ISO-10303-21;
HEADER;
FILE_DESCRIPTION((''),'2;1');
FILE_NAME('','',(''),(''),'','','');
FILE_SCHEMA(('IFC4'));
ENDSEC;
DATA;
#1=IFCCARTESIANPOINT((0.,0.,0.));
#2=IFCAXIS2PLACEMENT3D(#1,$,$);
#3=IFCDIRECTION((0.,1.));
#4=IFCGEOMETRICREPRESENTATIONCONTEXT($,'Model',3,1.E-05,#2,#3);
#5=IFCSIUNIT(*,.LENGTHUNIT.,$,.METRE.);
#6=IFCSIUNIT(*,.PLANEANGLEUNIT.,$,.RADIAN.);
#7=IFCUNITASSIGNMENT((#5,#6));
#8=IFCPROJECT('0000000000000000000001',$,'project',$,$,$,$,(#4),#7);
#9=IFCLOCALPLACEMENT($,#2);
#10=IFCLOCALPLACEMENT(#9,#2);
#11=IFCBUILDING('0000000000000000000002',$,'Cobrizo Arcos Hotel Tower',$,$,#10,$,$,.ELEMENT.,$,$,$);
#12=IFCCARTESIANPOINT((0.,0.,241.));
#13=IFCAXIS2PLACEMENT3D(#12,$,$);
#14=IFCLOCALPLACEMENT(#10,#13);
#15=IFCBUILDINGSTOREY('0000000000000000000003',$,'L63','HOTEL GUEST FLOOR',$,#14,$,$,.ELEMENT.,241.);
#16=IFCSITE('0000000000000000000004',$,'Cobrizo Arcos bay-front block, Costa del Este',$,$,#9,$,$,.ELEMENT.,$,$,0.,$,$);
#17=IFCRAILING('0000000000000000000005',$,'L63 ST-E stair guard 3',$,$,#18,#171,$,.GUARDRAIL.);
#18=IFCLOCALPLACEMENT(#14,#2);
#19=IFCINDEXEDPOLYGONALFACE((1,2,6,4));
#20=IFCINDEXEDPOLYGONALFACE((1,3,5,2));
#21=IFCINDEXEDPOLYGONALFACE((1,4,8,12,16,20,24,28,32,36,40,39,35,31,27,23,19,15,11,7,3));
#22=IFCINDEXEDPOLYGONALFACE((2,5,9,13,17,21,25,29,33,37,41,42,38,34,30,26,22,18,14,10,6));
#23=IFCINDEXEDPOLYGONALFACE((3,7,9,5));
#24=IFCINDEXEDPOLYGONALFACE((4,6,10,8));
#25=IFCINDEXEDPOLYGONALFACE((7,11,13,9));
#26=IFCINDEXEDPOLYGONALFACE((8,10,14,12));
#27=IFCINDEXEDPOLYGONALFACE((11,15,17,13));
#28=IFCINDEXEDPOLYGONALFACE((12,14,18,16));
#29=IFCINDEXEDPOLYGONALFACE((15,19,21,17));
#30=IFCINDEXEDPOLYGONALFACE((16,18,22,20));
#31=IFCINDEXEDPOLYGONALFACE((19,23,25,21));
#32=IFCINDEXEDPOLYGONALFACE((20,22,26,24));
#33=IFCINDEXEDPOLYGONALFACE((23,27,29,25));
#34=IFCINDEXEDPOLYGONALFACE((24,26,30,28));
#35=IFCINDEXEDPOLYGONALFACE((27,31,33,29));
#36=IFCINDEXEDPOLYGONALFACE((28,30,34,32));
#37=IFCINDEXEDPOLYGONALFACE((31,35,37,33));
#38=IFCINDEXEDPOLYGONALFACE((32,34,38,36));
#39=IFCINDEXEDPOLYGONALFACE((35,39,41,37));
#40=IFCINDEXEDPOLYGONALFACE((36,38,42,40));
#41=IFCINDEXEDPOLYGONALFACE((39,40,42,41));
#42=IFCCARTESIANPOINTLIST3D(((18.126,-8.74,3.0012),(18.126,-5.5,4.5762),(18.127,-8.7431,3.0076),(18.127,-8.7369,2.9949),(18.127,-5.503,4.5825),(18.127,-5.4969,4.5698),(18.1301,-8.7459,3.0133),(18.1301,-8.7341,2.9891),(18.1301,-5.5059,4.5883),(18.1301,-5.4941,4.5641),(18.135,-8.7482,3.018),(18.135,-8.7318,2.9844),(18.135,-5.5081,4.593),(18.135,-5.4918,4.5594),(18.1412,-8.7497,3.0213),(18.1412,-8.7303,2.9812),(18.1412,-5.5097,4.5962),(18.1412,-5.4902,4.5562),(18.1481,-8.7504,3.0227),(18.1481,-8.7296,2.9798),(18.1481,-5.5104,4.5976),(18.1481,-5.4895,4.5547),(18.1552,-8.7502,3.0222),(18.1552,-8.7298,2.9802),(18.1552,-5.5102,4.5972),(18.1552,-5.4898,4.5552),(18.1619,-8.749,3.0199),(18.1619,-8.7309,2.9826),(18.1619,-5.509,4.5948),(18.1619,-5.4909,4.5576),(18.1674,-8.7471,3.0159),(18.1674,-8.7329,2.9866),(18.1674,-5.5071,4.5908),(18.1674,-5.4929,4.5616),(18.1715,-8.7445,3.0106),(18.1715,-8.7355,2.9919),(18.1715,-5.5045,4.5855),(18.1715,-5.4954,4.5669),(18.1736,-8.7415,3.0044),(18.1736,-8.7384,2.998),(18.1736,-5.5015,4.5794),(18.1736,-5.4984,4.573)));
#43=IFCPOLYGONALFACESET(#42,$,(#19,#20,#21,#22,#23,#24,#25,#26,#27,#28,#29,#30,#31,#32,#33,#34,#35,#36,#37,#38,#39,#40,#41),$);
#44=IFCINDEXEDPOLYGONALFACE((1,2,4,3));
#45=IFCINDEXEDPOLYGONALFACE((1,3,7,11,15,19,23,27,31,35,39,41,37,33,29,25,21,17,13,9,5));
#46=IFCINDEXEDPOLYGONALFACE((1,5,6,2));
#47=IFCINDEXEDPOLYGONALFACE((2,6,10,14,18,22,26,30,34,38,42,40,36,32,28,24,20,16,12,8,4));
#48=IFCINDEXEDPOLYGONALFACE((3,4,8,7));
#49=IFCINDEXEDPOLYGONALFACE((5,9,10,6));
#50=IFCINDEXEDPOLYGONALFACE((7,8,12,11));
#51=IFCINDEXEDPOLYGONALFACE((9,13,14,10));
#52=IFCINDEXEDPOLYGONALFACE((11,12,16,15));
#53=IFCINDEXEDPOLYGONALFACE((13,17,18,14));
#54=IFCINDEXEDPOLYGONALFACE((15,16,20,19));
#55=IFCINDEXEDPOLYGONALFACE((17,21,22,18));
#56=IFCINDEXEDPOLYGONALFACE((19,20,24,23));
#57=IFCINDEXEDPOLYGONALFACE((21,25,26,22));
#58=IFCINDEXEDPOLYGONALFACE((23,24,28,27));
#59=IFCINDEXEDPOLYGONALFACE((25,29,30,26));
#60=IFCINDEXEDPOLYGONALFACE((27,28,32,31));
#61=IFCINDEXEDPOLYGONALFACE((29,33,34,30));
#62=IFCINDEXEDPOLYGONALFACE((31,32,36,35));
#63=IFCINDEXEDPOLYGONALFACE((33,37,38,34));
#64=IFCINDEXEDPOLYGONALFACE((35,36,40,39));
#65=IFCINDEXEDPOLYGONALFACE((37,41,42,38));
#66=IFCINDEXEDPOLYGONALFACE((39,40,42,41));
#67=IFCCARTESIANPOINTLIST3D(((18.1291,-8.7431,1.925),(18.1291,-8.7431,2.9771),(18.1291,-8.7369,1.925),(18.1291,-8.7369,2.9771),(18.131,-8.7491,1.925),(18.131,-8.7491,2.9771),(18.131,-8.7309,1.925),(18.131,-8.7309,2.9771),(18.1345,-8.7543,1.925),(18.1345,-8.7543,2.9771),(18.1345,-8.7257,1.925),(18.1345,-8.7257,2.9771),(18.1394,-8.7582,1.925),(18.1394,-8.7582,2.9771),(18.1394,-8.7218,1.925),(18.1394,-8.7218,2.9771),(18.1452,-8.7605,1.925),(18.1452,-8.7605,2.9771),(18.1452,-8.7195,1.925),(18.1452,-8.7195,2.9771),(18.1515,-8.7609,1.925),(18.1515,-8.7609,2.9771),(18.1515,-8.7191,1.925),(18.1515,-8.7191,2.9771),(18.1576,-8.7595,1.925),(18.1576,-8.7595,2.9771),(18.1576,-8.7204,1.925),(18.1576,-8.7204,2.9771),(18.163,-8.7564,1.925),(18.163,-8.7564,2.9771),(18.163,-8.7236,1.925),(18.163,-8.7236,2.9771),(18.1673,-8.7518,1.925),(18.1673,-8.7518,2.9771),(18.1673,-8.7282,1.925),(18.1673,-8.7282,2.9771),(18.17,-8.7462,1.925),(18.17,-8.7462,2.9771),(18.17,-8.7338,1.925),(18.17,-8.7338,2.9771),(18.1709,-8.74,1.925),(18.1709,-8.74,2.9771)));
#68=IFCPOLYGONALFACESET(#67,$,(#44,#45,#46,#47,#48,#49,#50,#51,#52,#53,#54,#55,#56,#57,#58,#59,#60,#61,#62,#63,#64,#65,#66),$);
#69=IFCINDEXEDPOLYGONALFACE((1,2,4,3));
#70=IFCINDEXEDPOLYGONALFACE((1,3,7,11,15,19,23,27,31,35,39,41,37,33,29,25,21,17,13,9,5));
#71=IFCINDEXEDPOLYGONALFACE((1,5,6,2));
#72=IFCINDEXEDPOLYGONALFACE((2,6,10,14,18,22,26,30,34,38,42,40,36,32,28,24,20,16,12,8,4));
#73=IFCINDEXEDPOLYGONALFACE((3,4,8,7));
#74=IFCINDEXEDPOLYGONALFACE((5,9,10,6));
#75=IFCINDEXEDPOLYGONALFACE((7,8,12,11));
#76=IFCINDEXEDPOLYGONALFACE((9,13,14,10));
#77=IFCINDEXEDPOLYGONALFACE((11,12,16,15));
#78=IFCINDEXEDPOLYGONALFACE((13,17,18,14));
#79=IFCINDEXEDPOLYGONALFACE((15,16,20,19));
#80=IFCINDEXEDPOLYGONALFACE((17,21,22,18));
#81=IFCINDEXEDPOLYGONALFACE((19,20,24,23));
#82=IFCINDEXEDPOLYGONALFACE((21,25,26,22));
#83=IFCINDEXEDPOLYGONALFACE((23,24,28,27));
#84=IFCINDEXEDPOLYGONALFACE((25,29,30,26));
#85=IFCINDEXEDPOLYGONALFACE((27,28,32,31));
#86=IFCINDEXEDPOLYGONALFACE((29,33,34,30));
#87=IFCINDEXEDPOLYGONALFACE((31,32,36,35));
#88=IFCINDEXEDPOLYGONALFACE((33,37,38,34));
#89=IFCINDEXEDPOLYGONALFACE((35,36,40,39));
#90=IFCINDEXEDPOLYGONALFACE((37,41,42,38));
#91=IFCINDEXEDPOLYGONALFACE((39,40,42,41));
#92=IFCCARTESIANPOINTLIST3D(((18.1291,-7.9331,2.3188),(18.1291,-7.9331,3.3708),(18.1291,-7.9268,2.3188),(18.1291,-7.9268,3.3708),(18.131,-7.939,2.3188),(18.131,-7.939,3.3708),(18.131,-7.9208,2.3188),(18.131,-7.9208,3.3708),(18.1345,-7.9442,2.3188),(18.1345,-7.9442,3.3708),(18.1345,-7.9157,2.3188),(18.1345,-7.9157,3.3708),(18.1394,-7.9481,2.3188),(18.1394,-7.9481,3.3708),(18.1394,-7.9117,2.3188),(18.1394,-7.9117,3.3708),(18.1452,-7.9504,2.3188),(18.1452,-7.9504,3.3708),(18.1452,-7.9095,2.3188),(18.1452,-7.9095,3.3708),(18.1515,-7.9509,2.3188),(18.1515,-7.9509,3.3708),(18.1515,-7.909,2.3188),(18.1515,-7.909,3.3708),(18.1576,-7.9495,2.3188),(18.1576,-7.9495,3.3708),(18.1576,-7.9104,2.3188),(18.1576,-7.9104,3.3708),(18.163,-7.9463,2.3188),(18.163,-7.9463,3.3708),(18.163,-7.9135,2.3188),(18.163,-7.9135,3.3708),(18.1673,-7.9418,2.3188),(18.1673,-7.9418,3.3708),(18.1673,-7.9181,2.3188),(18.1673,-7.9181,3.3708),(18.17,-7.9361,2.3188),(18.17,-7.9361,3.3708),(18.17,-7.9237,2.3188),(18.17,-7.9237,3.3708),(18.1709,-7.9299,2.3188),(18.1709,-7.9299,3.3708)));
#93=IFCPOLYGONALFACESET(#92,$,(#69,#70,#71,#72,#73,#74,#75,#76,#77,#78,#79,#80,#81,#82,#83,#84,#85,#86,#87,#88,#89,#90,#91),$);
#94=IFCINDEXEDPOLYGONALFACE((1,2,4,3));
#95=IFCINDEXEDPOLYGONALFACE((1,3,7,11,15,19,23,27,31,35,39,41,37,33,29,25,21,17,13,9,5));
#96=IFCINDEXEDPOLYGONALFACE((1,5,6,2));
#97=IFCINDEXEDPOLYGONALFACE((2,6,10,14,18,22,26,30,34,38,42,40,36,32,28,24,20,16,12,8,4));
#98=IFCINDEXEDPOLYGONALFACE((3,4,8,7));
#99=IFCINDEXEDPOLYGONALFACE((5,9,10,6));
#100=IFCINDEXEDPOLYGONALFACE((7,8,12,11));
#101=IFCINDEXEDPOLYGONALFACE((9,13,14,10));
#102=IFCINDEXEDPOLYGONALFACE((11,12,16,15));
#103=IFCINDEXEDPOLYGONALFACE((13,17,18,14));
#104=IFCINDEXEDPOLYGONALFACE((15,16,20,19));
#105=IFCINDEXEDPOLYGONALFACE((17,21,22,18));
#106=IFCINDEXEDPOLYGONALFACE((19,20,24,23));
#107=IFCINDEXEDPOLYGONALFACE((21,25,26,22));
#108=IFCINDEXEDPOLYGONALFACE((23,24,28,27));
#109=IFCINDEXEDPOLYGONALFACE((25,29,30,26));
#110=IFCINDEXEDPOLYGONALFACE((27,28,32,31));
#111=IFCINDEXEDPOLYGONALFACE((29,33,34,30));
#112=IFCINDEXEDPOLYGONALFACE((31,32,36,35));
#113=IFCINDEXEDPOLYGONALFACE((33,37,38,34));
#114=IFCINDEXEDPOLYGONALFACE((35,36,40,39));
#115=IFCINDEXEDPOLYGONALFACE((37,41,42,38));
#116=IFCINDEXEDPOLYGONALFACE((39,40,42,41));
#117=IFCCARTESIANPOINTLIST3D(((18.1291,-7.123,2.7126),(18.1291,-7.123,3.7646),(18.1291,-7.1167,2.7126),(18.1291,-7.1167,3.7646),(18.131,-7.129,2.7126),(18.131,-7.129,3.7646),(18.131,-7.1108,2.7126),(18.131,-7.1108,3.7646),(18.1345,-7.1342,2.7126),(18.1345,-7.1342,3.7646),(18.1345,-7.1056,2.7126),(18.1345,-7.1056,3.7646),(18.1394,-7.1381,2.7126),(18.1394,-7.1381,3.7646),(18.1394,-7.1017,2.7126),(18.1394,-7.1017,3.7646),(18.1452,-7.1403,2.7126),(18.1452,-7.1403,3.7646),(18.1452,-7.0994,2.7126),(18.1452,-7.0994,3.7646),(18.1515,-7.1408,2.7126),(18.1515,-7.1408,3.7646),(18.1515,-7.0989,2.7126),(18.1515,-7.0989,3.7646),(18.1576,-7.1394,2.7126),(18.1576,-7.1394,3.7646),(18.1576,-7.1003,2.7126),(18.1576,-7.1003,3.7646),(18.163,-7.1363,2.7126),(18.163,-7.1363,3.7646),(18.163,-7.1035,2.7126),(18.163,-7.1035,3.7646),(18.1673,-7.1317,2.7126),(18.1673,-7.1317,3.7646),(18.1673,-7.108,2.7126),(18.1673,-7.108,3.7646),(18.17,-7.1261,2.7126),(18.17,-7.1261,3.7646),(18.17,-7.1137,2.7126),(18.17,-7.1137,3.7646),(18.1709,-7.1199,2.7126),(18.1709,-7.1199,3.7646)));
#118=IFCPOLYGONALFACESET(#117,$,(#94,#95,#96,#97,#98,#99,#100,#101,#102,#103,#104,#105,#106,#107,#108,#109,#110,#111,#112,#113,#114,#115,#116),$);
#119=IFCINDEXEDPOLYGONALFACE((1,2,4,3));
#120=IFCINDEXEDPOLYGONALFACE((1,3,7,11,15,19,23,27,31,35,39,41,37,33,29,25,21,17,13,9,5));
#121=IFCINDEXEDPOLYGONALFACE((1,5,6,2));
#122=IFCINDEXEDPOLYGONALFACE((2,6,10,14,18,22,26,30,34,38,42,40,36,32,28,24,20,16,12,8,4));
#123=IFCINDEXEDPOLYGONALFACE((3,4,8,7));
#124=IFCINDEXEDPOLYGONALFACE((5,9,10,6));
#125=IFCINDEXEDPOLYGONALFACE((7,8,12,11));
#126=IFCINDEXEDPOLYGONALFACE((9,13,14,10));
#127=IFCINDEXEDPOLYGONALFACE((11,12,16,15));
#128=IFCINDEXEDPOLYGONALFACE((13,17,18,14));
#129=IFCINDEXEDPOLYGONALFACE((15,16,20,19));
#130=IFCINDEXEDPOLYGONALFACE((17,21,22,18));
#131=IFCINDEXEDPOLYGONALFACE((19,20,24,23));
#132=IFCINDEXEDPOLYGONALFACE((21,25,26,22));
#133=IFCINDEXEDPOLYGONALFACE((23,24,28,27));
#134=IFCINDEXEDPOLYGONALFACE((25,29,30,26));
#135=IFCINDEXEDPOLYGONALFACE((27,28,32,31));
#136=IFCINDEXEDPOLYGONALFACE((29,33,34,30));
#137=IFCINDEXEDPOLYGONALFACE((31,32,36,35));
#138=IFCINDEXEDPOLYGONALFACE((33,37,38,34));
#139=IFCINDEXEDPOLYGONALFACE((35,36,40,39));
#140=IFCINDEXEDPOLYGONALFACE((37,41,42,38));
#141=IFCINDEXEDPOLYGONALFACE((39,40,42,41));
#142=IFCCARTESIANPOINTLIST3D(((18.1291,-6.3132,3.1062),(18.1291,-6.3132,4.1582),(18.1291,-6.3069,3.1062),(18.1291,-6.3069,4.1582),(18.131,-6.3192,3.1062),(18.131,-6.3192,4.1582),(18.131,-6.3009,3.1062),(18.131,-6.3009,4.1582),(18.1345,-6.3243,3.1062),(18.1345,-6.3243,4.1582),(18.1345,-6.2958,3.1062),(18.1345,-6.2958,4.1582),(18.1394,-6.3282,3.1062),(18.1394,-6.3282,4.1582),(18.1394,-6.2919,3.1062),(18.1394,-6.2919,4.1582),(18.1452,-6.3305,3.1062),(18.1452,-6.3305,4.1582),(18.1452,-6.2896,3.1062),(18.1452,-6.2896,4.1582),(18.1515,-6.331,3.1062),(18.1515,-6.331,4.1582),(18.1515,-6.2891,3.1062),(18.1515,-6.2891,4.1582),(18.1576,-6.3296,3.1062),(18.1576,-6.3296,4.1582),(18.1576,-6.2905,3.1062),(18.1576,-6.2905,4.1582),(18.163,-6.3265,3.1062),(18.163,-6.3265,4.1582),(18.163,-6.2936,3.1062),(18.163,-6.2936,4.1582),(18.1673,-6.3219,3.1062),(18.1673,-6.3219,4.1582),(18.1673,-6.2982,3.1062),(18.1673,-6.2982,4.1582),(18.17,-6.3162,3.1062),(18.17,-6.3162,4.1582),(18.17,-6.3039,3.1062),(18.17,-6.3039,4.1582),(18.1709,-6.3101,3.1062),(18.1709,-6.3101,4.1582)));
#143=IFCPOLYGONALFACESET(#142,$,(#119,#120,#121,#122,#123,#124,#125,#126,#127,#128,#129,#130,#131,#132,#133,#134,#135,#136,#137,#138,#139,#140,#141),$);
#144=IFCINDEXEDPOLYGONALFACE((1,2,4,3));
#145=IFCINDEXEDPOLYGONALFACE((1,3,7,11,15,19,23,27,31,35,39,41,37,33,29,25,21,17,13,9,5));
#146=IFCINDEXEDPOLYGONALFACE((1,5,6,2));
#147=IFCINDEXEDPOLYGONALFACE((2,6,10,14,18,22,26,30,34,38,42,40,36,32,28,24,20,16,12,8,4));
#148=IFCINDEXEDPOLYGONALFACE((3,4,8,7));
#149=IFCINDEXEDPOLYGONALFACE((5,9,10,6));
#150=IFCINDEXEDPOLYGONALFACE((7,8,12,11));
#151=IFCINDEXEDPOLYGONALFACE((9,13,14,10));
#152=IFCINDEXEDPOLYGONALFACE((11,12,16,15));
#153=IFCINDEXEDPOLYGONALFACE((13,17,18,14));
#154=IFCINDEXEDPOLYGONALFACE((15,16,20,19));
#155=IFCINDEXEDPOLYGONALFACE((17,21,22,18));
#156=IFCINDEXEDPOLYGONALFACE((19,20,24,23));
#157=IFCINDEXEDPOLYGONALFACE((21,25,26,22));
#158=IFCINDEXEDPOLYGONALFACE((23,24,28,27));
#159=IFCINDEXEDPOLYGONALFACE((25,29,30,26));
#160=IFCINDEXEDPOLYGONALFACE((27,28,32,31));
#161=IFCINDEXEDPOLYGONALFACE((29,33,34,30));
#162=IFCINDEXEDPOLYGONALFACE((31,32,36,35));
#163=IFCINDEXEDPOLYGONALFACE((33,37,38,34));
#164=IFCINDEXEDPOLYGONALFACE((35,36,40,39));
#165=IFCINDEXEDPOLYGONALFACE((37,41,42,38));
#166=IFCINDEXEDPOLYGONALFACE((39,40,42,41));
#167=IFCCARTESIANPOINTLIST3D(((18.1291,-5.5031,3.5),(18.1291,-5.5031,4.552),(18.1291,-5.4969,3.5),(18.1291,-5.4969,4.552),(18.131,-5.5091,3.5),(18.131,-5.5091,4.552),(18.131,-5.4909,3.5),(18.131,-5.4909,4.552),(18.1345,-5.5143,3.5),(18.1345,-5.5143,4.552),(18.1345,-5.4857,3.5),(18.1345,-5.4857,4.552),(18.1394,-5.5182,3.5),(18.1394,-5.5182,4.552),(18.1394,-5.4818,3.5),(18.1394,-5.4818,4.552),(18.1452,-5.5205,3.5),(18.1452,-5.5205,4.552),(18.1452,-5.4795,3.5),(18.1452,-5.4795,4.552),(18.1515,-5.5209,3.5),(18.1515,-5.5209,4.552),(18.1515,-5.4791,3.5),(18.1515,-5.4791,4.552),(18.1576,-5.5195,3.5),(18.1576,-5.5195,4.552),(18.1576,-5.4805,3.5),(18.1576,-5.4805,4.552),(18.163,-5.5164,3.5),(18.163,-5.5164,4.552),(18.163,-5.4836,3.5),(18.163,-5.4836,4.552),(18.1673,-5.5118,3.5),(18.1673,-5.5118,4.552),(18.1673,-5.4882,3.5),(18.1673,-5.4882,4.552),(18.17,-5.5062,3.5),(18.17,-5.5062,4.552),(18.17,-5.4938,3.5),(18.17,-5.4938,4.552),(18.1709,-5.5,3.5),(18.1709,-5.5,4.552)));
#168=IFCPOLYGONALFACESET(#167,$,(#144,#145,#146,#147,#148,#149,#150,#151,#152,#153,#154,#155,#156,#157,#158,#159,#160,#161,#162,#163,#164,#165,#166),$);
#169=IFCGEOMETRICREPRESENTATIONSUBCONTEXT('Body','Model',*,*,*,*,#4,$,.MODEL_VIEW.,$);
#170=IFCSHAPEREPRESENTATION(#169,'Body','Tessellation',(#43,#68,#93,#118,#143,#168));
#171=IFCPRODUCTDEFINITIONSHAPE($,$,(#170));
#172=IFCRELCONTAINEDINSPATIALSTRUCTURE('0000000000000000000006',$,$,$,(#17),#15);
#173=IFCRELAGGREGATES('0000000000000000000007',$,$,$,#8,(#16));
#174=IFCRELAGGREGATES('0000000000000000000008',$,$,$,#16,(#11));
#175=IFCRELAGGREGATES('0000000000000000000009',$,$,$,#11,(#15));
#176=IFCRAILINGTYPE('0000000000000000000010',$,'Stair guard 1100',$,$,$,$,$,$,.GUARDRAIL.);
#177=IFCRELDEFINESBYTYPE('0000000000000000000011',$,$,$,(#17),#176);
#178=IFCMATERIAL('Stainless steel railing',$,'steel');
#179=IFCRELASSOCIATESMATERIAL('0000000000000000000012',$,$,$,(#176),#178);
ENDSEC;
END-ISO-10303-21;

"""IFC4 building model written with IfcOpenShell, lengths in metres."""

from ifc_helpers import new_model, si_unit, direction, frame, origin, origin_2d, place, context, subcontext, project, spatial, circle, extrude, material, type_object, element, save


model = new_model("IFC4")

# Units and contexts
model_context = context("Model", 3, precision=1e-05, world=origin(), true_north=direction((0.0, 1.0)))
body_context = subcontext(model_context, "Body", "Model", "MODEL_VIEW")
ifc_project = project(units=[si_unit("LENGTHUNIT", "METRE"), si_unit("PLANEANGLEUNIT", "RADIAN")], contexts=[model_context])

# Site, building, storey
site_placement = place(None, origin())
site = spatial("IfcSite", under=ifc_project, at=site_placement, Name="Cobrizo Arcos bay-front block, Costa del Este", CompositionType="ELEMENT", RefElevation=0.0)
building_placement = place(site_placement, origin())
building = spatial("IfcBuilding", under=site, at=building_placement, Name="Cobrizo Arcos Hotel Tower", CompositionType="ELEMENT")
storey_placement = place(building_placement, frame((0.0, 0.0, 241.0)))
storey = spatial("IfcBuildingStorey", under=building, at=storey_placement, Name="L63", Description="HOTEL GUEST FLOOR", CompositionType="ELEMENT", Elevation=241.0)

# Railing
ifc_material_1 = material(Name="Stainless steel railing", Category="steel")
railing_type_1 = type_object("IfcRailingType", Name="Stair guard 1100", PredefinedType="GUARDRAIL", material=ifc_material_1)
railing_1_placement = place(storey_placement, frame((18.1499, -8.74, 1.925)))
element("IfcRailing", 1, at=railing_1_placement, inside=storey, type_object=railing_type_1, Name="L63 ST-E stair guard 3", PredefinedType="GUARDRAIL", context=body_context, shape_type="SweptSolid", body=[
    extrude(circle(Radius=0.0239, at=origin_2d()), frame((0.0, 0.0, 1.0762), z_axis=(0.0, 0.899373, 0.437183), x_axis=(-1.0, 0.0, 0.0)), (0.0, 0.0, 1.0), 3.6025),
    extrude(circle(Radius=0.021, at=origin_2d()), origin(), (0.0, 0.0, 1.0), 1.052),
    extrude(circle(Radius=0.021, at=origin_2d()), frame((0.0, 0.8101, 0.3938)), (0.0, 0.0, 1.0), 1.052),
    extrude(circle(Radius=0.021, at=origin_2d()), frame((0.0, 1.6201, 0.7876)), (0.0, 0.0, 1.0), 1.052),
    extrude(circle(Radius=0.021, at=origin_2d()), frame((0.0, 2.4299, 1.1812)), (0.0, 0.0, 1.0), 1.052),
    extrude(circle(Radius=0.021, at=origin_2d()), frame((0.0, 3.24, 1.575)), (0.0, 0.0, 1.0), 1.052),
])

save(model, "model.ifc")
